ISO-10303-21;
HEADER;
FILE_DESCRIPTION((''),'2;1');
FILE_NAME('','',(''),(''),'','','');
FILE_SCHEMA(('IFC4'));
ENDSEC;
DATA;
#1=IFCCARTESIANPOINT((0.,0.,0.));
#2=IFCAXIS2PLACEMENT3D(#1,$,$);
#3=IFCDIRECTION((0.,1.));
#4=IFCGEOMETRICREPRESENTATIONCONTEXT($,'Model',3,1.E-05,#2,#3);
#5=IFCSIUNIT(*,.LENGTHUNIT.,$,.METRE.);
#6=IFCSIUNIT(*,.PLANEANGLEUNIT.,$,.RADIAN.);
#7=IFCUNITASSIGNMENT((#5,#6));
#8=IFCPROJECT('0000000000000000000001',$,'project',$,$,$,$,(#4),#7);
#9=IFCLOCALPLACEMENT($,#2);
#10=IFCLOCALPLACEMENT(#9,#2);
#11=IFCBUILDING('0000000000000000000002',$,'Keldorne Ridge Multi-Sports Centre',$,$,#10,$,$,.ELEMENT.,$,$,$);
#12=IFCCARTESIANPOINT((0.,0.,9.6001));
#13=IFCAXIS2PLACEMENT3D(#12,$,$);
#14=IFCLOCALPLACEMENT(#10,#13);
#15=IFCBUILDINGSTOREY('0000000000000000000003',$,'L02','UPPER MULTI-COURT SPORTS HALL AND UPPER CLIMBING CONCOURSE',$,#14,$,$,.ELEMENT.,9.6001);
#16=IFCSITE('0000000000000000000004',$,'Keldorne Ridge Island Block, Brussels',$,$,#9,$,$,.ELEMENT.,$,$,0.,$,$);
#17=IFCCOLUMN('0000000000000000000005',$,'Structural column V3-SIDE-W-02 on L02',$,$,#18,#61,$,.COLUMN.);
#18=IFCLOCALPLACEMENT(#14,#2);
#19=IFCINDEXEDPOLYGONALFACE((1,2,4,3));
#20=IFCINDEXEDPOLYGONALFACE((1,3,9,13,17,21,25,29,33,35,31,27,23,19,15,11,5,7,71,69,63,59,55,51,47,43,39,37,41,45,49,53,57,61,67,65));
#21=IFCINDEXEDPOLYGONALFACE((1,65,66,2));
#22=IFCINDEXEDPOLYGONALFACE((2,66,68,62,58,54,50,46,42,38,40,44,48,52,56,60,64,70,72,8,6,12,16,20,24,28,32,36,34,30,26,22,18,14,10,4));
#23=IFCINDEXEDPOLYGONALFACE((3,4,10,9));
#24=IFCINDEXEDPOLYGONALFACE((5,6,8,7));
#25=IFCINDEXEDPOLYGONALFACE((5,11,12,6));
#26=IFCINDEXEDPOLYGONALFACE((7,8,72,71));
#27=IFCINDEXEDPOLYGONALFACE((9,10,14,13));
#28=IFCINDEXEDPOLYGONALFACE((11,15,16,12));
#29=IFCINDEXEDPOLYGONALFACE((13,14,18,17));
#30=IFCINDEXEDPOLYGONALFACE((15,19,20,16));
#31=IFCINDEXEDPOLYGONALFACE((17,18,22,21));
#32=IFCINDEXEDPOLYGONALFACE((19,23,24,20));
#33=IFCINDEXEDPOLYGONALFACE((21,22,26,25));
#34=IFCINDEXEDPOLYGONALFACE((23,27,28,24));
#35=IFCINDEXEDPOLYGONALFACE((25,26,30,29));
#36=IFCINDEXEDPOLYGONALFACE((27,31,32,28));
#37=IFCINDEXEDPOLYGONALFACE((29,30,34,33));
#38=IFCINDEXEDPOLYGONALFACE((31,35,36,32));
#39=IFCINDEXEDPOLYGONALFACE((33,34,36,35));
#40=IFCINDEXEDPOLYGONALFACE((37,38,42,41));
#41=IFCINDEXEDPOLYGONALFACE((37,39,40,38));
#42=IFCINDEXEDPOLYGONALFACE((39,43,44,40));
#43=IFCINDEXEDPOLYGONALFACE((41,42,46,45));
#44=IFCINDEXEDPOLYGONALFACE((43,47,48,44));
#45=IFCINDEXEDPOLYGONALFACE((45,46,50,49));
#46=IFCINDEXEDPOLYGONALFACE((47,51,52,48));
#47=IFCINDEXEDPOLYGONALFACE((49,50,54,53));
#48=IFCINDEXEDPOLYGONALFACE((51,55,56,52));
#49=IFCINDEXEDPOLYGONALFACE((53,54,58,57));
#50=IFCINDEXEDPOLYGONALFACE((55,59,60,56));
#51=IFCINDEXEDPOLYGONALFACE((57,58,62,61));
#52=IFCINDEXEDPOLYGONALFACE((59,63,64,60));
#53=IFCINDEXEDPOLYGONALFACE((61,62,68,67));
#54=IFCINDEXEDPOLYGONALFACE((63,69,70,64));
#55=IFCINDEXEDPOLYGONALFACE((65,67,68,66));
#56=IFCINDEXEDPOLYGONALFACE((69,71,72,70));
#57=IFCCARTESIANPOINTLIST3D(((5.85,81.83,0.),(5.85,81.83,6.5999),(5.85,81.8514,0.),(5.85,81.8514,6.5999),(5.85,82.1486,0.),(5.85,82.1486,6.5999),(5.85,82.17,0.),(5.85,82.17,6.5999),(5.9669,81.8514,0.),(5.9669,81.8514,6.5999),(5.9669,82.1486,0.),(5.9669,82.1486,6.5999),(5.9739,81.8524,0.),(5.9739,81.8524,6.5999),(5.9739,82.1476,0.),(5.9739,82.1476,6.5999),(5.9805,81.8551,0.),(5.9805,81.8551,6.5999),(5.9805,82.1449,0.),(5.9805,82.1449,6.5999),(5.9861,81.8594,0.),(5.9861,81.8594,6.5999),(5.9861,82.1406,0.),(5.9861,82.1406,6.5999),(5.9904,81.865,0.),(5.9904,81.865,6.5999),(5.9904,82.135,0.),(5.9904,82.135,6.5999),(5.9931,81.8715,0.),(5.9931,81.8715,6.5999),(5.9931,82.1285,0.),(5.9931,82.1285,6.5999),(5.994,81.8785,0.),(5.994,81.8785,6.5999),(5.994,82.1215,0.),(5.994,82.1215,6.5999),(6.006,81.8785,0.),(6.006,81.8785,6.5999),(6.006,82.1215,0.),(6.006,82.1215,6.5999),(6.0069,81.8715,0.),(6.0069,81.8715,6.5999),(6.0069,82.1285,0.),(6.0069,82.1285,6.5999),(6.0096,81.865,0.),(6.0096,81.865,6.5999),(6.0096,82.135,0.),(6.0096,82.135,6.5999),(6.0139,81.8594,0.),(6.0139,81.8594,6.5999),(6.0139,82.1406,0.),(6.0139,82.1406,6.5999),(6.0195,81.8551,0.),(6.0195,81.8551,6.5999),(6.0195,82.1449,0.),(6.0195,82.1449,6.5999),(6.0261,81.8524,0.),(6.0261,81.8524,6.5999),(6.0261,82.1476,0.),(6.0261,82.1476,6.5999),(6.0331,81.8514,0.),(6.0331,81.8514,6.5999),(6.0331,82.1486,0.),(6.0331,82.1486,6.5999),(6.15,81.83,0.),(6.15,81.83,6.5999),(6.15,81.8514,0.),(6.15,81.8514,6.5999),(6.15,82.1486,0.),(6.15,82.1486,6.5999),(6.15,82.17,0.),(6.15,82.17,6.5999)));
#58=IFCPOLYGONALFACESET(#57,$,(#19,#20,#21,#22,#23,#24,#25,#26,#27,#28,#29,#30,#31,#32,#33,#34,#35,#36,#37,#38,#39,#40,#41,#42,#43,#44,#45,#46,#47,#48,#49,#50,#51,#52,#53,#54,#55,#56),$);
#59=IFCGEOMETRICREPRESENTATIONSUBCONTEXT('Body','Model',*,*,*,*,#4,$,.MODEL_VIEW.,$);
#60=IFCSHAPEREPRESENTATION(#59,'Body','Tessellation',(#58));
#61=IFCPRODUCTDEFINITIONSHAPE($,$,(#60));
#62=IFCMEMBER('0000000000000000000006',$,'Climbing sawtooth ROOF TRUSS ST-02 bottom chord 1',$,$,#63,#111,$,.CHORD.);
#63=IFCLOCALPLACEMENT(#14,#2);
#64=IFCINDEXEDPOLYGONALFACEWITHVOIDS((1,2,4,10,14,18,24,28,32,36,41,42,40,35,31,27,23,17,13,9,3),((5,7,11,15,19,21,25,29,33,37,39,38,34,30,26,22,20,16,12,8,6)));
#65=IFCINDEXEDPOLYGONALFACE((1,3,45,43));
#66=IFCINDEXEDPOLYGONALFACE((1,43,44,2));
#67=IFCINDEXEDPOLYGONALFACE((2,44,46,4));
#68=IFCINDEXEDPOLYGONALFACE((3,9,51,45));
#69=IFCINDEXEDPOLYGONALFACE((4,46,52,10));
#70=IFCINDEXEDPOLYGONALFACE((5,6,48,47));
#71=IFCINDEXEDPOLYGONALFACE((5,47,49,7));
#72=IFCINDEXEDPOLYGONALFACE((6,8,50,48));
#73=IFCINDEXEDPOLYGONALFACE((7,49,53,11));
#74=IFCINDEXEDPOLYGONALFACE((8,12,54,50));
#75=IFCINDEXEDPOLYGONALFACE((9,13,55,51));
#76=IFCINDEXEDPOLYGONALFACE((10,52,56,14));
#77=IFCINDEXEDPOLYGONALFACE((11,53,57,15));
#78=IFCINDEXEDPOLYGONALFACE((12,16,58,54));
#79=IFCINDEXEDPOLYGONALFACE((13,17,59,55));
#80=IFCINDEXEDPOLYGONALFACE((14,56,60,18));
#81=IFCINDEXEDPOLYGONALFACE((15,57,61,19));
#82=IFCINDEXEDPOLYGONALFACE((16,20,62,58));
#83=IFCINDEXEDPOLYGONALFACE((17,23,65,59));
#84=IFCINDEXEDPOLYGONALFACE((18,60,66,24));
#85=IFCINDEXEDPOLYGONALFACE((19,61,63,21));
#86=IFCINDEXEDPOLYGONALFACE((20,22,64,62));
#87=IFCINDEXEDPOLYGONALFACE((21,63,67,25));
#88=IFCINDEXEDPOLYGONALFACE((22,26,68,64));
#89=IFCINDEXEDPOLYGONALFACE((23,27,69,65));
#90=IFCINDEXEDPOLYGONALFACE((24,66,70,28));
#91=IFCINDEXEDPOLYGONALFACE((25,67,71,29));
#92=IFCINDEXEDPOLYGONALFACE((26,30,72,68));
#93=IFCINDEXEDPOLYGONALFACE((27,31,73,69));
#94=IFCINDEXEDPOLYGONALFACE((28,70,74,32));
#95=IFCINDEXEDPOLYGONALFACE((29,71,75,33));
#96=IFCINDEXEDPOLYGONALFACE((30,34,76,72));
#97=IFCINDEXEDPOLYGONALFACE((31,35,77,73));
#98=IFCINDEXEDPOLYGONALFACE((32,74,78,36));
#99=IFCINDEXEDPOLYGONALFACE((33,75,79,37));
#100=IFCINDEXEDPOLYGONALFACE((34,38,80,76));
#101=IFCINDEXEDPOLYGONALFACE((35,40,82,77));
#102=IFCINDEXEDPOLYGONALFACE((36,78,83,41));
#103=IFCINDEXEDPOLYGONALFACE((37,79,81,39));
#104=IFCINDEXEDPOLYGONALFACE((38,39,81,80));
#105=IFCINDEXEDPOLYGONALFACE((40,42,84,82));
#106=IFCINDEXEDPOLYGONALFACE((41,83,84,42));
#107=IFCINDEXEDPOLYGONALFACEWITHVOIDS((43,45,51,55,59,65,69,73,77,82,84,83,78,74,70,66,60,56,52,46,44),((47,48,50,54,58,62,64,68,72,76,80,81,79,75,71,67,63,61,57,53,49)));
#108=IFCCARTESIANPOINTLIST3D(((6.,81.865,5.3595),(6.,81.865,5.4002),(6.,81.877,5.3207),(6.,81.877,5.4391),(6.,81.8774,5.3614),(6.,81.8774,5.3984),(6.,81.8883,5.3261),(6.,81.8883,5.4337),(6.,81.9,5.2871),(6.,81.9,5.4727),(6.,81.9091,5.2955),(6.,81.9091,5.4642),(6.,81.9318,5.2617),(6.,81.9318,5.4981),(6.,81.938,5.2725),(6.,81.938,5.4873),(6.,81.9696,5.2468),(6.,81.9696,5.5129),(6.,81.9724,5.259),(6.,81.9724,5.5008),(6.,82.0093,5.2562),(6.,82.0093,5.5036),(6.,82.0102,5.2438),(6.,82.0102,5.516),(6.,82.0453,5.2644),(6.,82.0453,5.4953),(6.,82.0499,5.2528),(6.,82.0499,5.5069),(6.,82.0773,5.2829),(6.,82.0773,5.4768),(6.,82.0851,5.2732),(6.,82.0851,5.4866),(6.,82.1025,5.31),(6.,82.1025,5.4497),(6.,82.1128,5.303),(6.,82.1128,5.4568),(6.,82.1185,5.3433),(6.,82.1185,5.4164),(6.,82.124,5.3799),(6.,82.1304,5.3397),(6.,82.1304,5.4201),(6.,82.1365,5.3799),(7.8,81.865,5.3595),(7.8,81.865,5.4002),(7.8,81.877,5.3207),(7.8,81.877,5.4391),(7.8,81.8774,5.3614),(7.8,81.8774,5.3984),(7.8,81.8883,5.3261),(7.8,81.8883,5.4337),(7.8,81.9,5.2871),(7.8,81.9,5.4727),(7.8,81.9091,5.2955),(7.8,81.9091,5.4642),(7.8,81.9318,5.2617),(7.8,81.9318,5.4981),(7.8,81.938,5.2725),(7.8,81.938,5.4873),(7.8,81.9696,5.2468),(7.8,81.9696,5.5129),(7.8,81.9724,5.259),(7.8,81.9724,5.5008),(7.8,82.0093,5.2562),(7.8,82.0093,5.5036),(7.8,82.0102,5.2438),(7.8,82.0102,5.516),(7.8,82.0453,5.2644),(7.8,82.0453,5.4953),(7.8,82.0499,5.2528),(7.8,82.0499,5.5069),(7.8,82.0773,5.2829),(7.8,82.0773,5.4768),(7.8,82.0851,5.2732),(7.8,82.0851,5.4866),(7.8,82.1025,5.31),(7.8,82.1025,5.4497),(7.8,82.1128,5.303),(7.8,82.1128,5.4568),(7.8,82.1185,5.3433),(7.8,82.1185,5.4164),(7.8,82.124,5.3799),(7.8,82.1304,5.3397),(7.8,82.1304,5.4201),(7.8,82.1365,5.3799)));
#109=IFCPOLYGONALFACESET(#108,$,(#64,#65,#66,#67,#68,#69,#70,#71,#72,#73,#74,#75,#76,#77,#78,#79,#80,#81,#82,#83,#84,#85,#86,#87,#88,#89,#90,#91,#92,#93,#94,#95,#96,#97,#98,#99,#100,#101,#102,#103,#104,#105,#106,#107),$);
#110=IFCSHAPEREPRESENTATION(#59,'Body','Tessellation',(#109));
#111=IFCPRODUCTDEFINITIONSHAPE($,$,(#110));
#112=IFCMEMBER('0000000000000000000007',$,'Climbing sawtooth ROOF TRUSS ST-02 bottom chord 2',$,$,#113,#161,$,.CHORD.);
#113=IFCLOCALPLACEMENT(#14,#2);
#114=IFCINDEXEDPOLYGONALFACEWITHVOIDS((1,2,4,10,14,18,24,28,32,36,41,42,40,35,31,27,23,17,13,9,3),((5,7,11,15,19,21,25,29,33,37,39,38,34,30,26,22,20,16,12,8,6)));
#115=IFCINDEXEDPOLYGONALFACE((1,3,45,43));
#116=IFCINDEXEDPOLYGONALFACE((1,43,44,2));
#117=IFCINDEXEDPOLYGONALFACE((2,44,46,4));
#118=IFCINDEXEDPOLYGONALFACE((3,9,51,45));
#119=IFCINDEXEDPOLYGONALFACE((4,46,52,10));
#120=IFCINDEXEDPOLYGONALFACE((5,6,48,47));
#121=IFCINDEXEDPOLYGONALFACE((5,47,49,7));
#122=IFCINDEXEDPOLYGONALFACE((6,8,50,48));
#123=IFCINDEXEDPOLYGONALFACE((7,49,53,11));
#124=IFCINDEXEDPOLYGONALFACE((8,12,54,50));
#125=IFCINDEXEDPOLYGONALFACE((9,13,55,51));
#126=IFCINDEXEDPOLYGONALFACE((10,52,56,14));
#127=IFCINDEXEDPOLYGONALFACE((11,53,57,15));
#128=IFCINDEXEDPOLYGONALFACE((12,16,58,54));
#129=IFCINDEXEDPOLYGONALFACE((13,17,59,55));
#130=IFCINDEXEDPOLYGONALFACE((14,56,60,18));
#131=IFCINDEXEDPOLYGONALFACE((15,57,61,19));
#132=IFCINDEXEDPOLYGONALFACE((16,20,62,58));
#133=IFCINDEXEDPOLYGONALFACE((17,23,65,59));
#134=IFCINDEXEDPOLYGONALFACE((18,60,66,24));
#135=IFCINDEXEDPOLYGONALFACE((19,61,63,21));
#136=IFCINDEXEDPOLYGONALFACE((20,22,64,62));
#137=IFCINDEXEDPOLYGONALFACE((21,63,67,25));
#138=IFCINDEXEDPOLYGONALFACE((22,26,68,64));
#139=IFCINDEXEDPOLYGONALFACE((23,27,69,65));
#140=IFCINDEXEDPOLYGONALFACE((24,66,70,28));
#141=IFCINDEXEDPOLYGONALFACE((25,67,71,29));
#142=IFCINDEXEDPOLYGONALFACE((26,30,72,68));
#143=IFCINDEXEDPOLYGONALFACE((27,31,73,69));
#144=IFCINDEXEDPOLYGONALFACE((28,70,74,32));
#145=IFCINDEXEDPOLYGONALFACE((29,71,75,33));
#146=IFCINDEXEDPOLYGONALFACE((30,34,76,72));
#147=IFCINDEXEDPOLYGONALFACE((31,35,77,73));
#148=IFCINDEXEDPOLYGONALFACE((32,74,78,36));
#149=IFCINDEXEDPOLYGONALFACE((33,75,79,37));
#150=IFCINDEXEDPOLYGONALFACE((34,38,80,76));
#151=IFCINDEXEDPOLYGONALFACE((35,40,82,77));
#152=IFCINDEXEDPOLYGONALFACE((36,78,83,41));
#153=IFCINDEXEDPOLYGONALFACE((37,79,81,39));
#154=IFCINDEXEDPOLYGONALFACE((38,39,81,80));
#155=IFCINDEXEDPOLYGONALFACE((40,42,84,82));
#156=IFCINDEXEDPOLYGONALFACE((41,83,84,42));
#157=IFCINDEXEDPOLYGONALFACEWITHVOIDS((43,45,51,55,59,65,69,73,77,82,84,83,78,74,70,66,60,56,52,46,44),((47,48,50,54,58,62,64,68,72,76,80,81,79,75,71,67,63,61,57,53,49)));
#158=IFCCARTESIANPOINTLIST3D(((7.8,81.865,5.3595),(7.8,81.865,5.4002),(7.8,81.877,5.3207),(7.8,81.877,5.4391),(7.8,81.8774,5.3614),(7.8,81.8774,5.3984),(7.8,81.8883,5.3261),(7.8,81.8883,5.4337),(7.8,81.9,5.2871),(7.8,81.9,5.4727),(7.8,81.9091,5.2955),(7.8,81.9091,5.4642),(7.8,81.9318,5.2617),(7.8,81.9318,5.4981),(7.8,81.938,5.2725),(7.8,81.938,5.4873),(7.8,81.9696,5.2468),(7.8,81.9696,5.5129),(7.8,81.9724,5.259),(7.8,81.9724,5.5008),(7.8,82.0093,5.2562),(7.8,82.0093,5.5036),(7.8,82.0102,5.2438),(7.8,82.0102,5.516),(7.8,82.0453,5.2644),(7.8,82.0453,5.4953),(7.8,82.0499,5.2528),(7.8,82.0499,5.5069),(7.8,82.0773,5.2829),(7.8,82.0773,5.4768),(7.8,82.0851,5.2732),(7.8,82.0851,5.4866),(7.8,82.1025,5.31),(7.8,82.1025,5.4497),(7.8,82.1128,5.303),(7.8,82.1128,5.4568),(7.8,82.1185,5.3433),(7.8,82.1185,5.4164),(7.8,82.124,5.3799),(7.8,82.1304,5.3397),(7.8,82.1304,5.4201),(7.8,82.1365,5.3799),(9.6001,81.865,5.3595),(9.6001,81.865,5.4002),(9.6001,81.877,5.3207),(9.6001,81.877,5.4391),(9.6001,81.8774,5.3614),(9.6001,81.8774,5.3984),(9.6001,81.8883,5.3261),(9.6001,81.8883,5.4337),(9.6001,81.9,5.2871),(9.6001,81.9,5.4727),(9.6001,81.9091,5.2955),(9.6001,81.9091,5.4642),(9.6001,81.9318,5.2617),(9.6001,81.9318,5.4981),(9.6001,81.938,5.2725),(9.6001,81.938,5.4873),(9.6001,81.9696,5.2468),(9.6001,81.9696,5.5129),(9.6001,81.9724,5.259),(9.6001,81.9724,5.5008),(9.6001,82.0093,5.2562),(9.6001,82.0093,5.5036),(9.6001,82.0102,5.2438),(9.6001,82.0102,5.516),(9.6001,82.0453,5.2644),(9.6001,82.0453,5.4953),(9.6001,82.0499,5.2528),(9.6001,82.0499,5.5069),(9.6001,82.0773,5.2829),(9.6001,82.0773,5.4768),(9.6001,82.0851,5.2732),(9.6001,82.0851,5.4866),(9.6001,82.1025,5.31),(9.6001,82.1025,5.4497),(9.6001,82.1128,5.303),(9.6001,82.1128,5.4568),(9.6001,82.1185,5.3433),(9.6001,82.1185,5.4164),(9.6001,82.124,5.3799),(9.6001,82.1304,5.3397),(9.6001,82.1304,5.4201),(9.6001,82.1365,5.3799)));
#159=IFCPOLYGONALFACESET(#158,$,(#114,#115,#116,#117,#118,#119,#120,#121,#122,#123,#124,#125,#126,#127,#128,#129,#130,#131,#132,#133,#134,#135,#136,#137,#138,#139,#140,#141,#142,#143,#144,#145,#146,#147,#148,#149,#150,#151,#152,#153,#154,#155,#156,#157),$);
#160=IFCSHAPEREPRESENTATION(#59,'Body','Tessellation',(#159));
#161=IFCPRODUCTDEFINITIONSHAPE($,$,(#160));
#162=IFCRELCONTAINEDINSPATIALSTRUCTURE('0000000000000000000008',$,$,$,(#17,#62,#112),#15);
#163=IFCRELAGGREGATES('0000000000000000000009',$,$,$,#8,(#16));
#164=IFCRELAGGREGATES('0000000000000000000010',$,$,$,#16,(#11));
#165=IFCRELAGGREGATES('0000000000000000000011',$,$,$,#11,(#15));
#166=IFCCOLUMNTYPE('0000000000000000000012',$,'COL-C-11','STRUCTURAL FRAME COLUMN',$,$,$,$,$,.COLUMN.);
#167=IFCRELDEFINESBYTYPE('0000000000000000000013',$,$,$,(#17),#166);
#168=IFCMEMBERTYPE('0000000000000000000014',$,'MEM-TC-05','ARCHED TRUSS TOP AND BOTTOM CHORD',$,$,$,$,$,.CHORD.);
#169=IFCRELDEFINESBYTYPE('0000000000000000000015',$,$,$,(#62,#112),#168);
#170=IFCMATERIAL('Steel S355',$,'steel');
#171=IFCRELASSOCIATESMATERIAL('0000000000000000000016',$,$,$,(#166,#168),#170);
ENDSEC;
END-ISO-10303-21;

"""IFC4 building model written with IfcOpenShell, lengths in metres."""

from ifc_helpers import new_model, si_unit, direction, frame, origin, origin_2d, place, context, subcontext, project, spatial, hollow_circle, i_section, extrude, material, material_profile, profile_set, type_object, element, save


model = new_model("IFC4")

# Units and contexts
model_context = context("Model", 3, precision=1e-05, world=origin(), true_north=direction((0.0, 1.0)))
body_context = subcontext(model_context, "Body", "Model", "MODEL_VIEW")
ifc_project = project(units=[si_unit("LENGTHUNIT", "METRE"), si_unit("PLANEANGLEUNIT", "RADIAN")], contexts=[model_context])

# Site, building, storey
site_placement = place(None, origin())
site = spatial("IfcSite", under=ifc_project, at=site_placement, Name="Keldorne Ridge Island Block, Brussels", CompositionType="ELEMENT", RefElevation=0.0)
building_placement = place(site_placement, origin())
building = spatial("IfcBuilding", under=site, at=building_placement, Name="Keldorne Ridge Multi-Sports Centre", CompositionType="ELEMENT")
storey_placement = place(building_placement, frame((0.0, 0.0, 9.6001)))
storey = spatial("IfcBuildingStorey", under=building, at=storey_placement, Name="L02", Description="UPPER MULTI-COURT SPORTS HALL AND UPPER CLIMBING CONCOURSE", CompositionType="ELEMENT", Elevation=9.6001)

# Column
ifc_material_1 = material(Name="Steel S355", Category="steel")
ifc_material_profile_1 = material_profile(ifc_material_1, i_section(OverallWidth=0.3, OverallDepth=0.3401, WebThickness=0.012, FlangeThickness=0.0215, FilletRadius=0.0271, at=origin_2d()), Name="HEB 340")
ifc_profile_set_1 = profile_set([ifc_material_profile_1], Name="Steel S355")
column_type = type_object("IfcColumnType", Name="COL-C-11", Description="STRUCTURAL FRAME COLUMN", PredefinedType="COLUMN", material=ifc_profile_set_1)
column_placement = place(storey_placement, frame((6.0, 82.0, 0.0), z_axis=(0.0, 0.0, 1.0), x_axis=(1.0, 0.0, 0.0)))
element("IfcColumn", 1, at=column_placement, inside=storey, type_object=column_type, Name="Structural column V3-SIDE-W-02 on L02", PredefinedType="COLUMN", context=body_context, shape_type="SweptSolid", body=[
    extrude(i_section(OverallWidth=0.3, OverallDepth=0.3401, WebThickness=0.012, FlangeThickness=0.0215, FilletRadius=0.0271, at=origin_2d()), origin(), (0.0, 0.0, 1.0), 6.5999),
])

# Members
ifc_material_profile_2 = material_profile(ifc_material_1, hollow_circle(Radius=0.1365, WallThickness=0.0125, at=origin_2d()), Name="CHS 273x12.5")
ifc_profile_set_2 = profile_set([ifc_material_profile_2], Name="Steel S355")
member_type_1 = type_object("IfcMemberType", Name="MEM-TC-05", Description="ARCHED TRUSS TOP AND BOTTOM CHORD", PredefinedType="CHORD", material=ifc_profile_set_2)
for number, where, z_axis, x_axis, name in (
    (2, (6.0, 82.0, 5.3799), (1.0, 0.0, 0.0), (0.0, 1.0, 0.0), "Climbing sawtooth ROOF TRUSS ST-02 bottom chord 1"),
    (3, (7.8, 82.0, 5.3799), (1.0, 0.0, 0.0), (0.0, 1.0, 0.0), "Climbing sawtooth ROOF TRUSS ST-02 bottom chord 2"),
):
    element("IfcMember", number, at=place(storey_placement, frame(where, z_axis=z_axis, x_axis=x_axis)), inside=storey, type_object=member_type_1, Name=name, PredefinedType="CHORD", context=body_context, shape_type="SweptSolid", body=[
        extrude(hollow_circle(Radius=0.1365, WallThickness=0.0125, at=origin_2d()), origin(), (0.0, 0.0, 1.0), 1.8),
    ])

save(model, "model.ifc")
